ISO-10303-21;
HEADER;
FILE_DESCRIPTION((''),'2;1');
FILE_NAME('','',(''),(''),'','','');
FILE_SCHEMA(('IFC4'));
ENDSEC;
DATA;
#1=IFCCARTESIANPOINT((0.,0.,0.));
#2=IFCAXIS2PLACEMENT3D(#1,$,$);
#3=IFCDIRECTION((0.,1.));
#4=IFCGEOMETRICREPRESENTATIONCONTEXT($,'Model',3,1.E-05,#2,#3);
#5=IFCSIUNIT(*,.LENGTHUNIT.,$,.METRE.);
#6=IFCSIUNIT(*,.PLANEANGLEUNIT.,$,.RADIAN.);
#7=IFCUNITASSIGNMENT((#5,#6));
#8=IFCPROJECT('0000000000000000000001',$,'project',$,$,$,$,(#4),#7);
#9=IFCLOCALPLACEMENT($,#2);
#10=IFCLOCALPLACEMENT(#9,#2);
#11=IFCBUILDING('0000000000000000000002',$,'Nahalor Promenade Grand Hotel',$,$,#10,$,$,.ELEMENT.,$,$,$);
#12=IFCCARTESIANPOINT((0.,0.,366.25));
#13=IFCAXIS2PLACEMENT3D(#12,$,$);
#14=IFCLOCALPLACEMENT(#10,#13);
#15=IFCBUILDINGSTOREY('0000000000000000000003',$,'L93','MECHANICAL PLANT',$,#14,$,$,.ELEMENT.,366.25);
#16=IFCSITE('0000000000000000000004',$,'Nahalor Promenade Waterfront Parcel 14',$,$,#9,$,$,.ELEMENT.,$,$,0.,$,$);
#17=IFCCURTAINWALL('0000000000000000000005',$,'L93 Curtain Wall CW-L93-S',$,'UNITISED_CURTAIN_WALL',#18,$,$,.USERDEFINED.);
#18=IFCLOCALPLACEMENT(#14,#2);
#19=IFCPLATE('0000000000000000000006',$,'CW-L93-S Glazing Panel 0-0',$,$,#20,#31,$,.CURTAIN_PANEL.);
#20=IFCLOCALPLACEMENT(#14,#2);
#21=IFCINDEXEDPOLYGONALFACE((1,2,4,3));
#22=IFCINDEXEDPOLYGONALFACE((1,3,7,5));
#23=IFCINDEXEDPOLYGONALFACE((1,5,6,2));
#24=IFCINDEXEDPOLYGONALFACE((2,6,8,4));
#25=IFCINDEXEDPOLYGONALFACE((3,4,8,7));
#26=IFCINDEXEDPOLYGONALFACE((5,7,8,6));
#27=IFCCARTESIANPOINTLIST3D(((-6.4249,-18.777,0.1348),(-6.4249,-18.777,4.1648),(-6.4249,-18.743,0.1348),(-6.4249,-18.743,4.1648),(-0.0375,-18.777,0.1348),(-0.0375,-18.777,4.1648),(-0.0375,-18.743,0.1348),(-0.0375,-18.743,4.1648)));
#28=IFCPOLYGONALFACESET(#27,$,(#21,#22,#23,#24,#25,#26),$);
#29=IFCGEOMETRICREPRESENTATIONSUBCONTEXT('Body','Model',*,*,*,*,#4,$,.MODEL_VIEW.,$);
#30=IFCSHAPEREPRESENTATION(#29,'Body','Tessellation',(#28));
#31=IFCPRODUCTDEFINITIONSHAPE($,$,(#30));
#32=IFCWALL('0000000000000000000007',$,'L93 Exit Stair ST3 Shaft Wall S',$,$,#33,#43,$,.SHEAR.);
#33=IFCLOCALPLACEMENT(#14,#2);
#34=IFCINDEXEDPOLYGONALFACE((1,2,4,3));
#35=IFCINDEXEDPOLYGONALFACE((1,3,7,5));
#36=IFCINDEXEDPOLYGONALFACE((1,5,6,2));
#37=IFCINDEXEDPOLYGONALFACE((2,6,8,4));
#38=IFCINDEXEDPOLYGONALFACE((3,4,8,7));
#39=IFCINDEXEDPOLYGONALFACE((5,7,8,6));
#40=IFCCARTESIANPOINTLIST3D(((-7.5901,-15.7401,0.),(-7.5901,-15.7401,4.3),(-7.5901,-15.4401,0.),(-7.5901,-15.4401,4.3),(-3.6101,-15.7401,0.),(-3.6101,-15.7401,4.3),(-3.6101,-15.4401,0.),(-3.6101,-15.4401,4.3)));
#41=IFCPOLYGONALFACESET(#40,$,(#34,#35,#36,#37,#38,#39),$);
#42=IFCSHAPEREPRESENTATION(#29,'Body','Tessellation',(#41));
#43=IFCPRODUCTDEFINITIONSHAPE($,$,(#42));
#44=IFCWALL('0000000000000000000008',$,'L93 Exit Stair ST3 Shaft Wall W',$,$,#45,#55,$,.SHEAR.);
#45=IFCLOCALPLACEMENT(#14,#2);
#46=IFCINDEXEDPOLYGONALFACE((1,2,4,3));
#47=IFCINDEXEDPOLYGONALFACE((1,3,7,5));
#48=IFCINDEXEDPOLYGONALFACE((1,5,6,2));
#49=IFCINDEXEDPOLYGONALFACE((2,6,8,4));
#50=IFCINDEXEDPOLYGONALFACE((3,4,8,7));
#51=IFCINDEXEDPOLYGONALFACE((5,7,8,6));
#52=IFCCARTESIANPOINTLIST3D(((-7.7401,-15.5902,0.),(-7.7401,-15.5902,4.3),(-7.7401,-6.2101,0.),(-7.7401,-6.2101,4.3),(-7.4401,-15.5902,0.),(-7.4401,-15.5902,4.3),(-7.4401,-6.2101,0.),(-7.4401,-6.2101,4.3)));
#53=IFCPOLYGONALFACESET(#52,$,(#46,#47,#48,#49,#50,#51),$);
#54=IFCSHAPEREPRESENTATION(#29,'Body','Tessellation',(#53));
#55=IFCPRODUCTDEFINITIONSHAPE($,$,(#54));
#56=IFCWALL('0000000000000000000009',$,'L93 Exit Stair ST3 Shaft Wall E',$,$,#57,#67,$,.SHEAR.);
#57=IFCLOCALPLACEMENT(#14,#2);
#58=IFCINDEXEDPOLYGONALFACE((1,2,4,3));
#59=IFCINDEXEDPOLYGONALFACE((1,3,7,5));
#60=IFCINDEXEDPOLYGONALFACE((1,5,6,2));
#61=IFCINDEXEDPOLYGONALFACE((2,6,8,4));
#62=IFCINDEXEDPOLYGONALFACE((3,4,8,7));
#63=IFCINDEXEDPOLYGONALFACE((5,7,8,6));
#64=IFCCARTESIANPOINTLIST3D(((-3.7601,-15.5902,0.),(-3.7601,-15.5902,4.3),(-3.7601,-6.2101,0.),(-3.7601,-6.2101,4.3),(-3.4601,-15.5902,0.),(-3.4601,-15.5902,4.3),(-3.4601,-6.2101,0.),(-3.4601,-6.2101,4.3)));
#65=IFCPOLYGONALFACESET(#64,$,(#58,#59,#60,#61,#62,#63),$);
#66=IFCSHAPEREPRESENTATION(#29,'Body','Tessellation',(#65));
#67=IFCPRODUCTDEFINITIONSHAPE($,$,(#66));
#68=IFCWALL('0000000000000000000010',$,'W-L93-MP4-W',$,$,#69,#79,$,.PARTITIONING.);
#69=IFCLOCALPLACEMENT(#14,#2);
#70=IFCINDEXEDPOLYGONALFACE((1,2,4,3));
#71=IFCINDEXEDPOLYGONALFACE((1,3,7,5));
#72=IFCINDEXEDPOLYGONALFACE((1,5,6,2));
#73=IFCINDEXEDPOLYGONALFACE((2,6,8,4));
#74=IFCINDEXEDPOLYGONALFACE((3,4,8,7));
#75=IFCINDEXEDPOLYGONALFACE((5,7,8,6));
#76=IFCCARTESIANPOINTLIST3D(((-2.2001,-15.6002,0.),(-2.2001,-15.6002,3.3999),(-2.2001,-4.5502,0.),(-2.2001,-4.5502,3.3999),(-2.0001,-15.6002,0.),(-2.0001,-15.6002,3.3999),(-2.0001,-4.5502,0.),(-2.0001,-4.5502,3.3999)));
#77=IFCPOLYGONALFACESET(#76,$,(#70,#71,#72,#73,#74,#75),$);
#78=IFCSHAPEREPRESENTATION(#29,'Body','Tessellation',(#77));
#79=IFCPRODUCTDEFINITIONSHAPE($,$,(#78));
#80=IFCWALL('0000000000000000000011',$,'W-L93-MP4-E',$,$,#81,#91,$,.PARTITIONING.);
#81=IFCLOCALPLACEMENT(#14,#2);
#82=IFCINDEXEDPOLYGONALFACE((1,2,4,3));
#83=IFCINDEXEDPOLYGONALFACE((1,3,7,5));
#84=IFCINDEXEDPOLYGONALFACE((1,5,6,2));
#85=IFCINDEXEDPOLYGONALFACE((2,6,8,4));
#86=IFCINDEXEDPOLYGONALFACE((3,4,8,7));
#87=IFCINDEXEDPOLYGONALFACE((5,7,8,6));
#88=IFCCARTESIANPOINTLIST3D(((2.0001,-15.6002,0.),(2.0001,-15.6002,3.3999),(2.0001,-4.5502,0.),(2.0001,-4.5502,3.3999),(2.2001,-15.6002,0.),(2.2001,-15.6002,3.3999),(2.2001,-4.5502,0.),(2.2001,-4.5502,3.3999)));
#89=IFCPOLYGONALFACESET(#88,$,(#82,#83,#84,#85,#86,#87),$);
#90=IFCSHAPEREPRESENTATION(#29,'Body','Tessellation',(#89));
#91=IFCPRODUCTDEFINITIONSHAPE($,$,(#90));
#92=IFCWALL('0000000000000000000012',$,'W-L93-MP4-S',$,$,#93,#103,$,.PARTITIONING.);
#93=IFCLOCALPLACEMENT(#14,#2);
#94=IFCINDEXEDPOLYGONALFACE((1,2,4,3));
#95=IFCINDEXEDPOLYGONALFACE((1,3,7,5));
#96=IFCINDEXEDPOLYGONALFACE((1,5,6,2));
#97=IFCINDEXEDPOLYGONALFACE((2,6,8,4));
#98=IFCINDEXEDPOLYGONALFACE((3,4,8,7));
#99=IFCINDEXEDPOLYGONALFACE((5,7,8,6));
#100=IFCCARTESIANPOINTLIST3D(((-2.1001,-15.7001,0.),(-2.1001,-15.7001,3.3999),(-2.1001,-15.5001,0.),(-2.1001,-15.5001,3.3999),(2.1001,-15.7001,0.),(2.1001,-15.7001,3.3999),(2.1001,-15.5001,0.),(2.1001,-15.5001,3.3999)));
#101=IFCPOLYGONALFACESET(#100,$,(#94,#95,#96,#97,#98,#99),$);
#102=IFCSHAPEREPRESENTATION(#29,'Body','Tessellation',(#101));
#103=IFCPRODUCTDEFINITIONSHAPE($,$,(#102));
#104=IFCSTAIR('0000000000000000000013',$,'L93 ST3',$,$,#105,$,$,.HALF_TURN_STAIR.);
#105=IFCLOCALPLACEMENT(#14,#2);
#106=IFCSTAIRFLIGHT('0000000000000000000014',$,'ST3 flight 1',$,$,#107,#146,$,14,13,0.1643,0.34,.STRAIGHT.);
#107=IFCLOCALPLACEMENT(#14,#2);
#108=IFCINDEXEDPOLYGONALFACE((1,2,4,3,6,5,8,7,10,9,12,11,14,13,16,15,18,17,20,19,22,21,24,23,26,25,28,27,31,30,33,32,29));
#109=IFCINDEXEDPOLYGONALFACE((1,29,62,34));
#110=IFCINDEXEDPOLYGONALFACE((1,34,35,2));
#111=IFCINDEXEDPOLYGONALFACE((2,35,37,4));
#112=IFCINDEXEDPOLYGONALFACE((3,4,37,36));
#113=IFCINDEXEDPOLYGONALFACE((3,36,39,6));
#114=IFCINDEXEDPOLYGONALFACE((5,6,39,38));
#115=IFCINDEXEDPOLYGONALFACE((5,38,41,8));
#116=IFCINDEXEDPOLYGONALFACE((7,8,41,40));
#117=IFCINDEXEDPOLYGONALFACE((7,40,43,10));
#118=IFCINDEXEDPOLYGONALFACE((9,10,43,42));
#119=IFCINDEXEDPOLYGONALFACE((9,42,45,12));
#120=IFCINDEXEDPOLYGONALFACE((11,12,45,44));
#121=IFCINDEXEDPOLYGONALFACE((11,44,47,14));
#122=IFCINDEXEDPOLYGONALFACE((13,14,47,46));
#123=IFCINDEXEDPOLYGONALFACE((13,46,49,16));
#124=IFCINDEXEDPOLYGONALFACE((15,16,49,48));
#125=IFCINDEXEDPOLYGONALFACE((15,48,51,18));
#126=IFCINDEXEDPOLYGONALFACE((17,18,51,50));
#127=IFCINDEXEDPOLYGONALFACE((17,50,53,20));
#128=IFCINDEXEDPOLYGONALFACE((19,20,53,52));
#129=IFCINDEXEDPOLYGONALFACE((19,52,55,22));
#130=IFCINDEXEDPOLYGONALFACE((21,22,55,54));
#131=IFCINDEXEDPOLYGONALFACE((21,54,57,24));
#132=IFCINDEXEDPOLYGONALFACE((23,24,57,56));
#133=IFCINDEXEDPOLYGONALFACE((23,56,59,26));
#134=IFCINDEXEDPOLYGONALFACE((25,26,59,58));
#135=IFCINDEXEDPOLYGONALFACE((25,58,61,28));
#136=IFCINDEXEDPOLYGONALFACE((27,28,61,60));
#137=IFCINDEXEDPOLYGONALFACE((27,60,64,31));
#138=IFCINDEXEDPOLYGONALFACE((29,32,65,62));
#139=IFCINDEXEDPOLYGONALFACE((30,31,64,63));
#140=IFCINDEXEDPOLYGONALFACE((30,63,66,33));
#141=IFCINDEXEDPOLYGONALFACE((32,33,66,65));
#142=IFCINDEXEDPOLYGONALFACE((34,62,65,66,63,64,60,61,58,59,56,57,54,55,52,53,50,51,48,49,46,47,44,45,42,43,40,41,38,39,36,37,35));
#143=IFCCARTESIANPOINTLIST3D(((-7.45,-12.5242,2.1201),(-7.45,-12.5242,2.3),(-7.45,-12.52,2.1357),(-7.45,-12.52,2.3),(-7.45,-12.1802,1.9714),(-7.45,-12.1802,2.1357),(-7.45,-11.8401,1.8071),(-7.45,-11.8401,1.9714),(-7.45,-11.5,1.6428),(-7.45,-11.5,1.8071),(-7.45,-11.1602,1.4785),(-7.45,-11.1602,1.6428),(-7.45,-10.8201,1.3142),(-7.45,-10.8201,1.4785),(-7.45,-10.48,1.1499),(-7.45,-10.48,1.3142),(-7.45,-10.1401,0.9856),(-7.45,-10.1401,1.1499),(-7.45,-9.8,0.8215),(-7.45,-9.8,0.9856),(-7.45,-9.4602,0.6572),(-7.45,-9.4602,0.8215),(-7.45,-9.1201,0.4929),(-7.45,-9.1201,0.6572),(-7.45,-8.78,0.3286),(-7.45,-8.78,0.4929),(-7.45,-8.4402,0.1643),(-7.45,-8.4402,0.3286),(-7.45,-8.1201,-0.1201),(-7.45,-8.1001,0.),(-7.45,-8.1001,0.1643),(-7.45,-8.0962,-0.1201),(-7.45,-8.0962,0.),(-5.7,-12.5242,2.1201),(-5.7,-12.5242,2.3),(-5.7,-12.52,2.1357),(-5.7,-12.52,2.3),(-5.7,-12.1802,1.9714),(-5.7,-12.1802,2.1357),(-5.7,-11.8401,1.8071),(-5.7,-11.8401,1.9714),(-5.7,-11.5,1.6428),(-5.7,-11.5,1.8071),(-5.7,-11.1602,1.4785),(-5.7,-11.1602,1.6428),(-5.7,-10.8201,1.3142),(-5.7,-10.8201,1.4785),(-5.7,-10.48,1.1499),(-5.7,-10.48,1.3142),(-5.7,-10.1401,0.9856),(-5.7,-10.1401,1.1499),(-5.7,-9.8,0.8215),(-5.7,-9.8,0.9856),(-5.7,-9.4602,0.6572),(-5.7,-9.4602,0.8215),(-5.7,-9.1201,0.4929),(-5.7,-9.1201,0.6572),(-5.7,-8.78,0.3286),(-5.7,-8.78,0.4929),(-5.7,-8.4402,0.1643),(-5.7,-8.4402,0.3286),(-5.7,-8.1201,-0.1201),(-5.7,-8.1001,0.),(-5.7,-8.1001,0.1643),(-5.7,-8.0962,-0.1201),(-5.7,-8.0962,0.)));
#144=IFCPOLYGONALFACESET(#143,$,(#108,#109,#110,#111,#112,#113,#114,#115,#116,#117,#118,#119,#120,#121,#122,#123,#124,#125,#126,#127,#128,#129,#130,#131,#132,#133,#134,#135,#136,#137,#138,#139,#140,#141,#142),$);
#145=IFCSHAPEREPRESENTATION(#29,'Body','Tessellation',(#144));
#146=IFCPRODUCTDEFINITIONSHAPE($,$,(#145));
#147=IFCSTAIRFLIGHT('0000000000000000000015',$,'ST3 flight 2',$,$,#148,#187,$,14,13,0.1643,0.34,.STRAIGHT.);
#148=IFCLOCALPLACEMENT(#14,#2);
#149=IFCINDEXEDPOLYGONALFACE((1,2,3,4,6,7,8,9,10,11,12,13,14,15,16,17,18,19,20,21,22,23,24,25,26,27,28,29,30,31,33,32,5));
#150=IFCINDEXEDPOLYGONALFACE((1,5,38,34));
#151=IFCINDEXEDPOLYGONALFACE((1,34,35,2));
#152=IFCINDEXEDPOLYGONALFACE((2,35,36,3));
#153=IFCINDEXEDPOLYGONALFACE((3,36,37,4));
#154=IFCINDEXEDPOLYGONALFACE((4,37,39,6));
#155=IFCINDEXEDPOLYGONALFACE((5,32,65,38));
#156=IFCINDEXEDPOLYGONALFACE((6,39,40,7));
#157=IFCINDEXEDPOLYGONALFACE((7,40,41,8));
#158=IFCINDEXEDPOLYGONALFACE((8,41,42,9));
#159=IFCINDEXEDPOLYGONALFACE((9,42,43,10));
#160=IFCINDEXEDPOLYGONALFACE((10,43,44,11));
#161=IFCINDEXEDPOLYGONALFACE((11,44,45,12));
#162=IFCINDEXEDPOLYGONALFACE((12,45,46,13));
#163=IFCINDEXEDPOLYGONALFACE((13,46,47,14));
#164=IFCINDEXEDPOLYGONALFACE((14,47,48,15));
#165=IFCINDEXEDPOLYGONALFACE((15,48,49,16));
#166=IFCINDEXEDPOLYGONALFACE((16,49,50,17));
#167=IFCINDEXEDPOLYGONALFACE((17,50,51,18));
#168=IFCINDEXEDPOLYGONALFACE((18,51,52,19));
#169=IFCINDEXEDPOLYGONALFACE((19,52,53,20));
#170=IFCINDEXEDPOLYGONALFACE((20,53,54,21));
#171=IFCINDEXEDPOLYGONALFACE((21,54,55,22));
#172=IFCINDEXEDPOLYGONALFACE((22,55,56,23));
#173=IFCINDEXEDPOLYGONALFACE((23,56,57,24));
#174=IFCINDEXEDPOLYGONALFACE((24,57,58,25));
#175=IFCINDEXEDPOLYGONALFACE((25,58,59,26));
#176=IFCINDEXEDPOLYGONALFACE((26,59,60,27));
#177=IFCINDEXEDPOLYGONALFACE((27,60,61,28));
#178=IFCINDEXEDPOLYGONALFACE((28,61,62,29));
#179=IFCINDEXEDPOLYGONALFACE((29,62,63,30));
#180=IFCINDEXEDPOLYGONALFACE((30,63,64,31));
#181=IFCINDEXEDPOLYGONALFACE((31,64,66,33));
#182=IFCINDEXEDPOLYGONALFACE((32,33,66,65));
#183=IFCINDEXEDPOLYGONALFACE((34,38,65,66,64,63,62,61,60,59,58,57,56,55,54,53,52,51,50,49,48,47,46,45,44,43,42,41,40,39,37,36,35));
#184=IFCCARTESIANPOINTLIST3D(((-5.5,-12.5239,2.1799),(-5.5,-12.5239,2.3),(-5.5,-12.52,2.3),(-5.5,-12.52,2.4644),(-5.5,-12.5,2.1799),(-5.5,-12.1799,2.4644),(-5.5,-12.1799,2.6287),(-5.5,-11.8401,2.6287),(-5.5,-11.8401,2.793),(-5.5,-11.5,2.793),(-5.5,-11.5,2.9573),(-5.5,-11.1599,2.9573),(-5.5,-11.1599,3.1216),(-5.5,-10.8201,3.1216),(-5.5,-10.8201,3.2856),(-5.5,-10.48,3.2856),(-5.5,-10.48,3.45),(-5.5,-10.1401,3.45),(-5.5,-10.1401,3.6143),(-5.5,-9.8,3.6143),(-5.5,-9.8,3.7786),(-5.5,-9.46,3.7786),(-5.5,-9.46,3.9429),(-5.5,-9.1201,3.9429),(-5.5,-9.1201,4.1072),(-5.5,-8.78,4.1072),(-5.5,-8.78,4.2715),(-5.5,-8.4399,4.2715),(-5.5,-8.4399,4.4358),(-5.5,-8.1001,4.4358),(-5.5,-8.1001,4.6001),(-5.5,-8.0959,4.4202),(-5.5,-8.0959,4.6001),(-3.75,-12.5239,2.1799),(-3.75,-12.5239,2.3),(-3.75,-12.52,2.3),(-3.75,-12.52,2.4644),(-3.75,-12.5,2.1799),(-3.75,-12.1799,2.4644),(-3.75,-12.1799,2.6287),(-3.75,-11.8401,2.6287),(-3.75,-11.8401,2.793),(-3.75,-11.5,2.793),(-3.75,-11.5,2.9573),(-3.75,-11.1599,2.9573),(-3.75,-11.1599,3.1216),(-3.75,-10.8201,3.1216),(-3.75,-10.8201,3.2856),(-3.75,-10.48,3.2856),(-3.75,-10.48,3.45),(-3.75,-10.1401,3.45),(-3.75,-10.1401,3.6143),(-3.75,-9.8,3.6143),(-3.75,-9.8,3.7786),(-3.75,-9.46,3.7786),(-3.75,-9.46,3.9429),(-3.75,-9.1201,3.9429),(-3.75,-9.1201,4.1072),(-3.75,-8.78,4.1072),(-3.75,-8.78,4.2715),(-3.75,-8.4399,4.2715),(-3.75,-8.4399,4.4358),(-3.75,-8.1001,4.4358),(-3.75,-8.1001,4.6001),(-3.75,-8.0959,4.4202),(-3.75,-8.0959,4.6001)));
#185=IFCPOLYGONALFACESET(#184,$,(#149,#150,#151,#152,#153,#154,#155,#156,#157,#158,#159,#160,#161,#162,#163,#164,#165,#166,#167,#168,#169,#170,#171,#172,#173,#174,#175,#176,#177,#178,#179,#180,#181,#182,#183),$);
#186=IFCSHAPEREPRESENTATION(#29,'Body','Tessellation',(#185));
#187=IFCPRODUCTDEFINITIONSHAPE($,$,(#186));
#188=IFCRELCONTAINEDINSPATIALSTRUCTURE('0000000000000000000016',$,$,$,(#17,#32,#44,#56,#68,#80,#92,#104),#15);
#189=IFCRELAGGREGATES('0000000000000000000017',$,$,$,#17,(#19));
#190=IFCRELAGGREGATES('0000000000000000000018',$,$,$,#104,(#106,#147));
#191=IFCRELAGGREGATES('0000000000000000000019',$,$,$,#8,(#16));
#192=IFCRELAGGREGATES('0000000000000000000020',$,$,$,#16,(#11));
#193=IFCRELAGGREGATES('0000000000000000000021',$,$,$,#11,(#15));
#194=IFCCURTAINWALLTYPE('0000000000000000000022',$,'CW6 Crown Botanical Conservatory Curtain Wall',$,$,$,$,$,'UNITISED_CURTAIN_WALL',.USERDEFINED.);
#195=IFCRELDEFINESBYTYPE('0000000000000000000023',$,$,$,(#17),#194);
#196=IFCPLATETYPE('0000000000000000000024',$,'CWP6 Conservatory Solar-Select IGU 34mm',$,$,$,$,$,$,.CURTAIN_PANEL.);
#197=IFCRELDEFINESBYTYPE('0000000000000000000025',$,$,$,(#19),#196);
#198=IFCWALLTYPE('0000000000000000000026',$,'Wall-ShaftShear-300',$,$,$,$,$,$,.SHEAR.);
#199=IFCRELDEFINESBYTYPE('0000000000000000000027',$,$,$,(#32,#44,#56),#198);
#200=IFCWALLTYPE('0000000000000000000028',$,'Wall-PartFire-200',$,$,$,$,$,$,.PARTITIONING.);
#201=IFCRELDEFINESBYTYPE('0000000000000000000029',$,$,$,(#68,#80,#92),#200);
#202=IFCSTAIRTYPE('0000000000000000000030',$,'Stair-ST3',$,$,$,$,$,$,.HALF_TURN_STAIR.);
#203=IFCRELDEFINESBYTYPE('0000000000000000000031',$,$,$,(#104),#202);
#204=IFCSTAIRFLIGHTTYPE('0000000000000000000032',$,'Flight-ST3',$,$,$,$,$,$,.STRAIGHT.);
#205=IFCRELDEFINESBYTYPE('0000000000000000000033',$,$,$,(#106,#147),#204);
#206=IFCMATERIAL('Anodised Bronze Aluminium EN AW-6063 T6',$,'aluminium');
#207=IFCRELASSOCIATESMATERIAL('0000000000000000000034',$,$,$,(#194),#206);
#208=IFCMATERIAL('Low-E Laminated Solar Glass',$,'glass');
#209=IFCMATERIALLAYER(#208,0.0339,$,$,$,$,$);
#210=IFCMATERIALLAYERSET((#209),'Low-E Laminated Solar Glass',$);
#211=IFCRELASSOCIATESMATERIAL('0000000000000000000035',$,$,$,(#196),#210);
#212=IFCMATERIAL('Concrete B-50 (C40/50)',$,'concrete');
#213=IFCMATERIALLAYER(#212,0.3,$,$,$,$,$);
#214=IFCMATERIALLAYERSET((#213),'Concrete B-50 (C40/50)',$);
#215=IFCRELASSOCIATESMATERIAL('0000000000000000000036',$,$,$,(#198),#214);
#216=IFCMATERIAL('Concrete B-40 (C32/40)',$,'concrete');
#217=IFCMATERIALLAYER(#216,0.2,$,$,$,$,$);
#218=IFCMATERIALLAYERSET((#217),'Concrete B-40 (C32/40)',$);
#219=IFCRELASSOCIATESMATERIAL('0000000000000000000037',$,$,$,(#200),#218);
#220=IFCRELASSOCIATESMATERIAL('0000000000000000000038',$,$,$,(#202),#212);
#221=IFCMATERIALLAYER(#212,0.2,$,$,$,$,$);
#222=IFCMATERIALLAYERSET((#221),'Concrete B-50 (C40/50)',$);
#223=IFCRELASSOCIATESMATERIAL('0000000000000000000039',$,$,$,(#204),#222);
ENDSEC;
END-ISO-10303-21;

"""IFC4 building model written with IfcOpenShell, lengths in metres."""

from ifc_helpers import new_model, si_unit, direction, frame, frame_2d, origin, origin_2d, place, context, subcontext, project, spatial, polyline, rectangle, outline, extrude, source, transform, mapped, material, layer, layer_set, type_object, element, aggregate, save


model = new_model("IFC4")

# Units and contexts
model_context = context("Model", 3, precision=1e-05, world=origin(), true_north=direction((0.0, 1.0)))
body_context = subcontext(model_context, "Body", "Model", "MODEL_VIEW")
ifc_project = project(units=[si_unit("LENGTHUNIT", "METRE"), si_unit("PLANEANGLEUNIT", "RADIAN")], contexts=[model_context])

# Site, building, storey
site_placement = place(None, origin())
site = spatial("IfcSite", under=ifc_project, at=site_placement, Name="Nahalor Promenade Waterfront Parcel 14", CompositionType="ELEMENT", RefElevation=0.0)
building_placement = place(site_placement, origin())
building = spatial("IfcBuilding", under=site, at=building_placement, Name="Nahalor Promenade Grand Hotel", CompositionType="ELEMENT")
storey_placement = place(building_placement, frame((0.0, 0.0, 366.25)))
storey = spatial("IfcBuildingStorey", under=building, at=storey_placement, Name="L93", Description="MECHANICAL PLANT", CompositionType="ELEMENT", Elevation=366.25)

# Shared definitions
ifc_material_1 = material(Name="Concrete B-50 (C40/50)", Category="concrete")

# Curtain wall, plate
ifc_material_2 = material(Name="Anodised Bronze Aluminium EN AW-6063 T6", Category="aluminium")
curtain_wall_type = type_object("IfcCurtainWallType", Name="CW6 Crown Botanical Conservatory Curtain Wall", ElementType="UNITISED_CURTAIN_WALL", PredefinedType="USERDEFINED", material=ifc_material_2)
curtain_wall_placement = place(storey_placement, origin())
curtain_wall = element("IfcCurtainWall", 1, at=curtain_wall_placement, inside=storey, type_object=curtain_wall_type, Name="L93 Curtain Wall CW-L93-S", ObjectType="UNITISED_CURTAIN_WALL", PredefinedType="USERDEFINED")
ifc_material_3 = material(Name="Low-E Laminated Solar Glass", Category="glass")
ifc_layer_1 = layer(ifc_material_3, 0.0339)
ifc_layer_set_1 = layer_set([ifc_layer_1], Name="Low-E Laminated Solar Glass")
plate_type = type_object("IfcPlateType", Name="CWP6 Conservatory Solar-Select IGU 34mm", PredefinedType="CURTAIN_PANEL", material=ifc_layer_set_1)
shared_shape_1 = source(origin(), body_context, "Body", "SweptSolid", [
    extrude(rectangle(XDim=6.3875, YDim=0.0339, at=origin_2d()), origin(), (0.0, 0.0, 1.0), 4.03),
])
plate_placement = place(storey_placement, frame((-3.2312, -18.76, 0.1348), z_axis=(0.0, 0.0, 1.0), x_axis=(1.0, 0.0, 0.0)))
plate = element("IfcPlate", 2, at=plate_placement, type_object=plate_type, Name="CW-L93-S Glazing Panel 0-0", PredefinedType="CURTAIN_PANEL", context=body_context, shape_type="MappedRepresentation", body=[
    mapped(shared_shape_1, transform((0.0, 0.0, 0.0), scale=1.0)),
])
aggregate(curtain_wall, [plate])

# Wall
ifc_layer_2 = layer(ifc_material_1, 0.3)
ifc_layer_set_2 = layer_set([ifc_layer_2], Name="Concrete B-50 (C40/50)")
wall_type_1 = type_object("IfcWallType", Name="Wall-ShaftShear-300", PredefinedType="SHEAR", material=ifc_layer_set_2)
shared_shape_2 = source(origin(), body_context, "Body", "SweptSolid", [
    extrude(rectangle(XDim=3.98, YDim=0.3, at=frame_2d((1.99, 0.0))), origin(), (0.0, 0.0, 1.0), 4.3),
])
wall_1_placement = place(storey_placement, frame((-7.5901, -15.5901, 0.0), z_axis=(0.0, 0.0, 1.0), x_axis=(1.0, 0.0, 0.0)))
element("IfcWall", 3, at=wall_1_placement, inside=storey, type_object=wall_type_1, Name="L93 Exit Stair ST3 Shaft Wall S", PredefinedType="SHEAR", context=body_context, shape_type="MappedRepresentation", body=[
    mapped(shared_shape_2, transform((0.0, 0.0, 0.0), scale=1.0)),
])

# Walls
shared_shape_3 = source(origin(), body_context, "Body", "SweptSolid", [
    extrude(rectangle(XDim=9.3801, YDim=0.3, at=frame_2d((4.6899, 0.0))), origin(), (0.0, 0.0, 1.0), 4.3),
])
for number, where, z_axis, x_axis, name in (
    (4, (-7.5901, -15.5901, 0.0), (0.0, 0.0, 1.0), (0.0, 1.0, 0.0), "L93 Exit Stair ST3 Shaft Wall W"),
    (5, (-3.6101, -15.5901, 0.0), (0.0, 0.0, 1.0), (0.0, 1.0, 0.0), "L93 Exit Stair ST3 Shaft Wall E"),
):
    element("IfcWall", number, at=place(storey_placement, frame(where, z_axis=z_axis, x_axis=x_axis)), inside=storey, type_object=wall_type_1, Name=name, PredefinedType="SHEAR", context=body_context, shape_type="MappedRepresentation", body=[
        mapped(shared_shape_3, transform((0.0, 0.0, 0.0), scale=1.0)),
    ])
ifc_material_4 = material(Name="Concrete B-40 (C32/40)", Category="concrete")
ifc_layer_3 = layer(ifc_material_4, 0.2)
ifc_layer_set_3 = layer_set([ifc_layer_3], Name="Concrete B-40 (C32/40)")
wall_type_2 = type_object("IfcWallType", Name="Wall-PartFire-200", PredefinedType="PARTITIONING", material=ifc_layer_set_3)
shared_shape_4 = source(origin(), body_context, "Body", "SweptSolid", [
    extrude(rectangle(XDim=11.05, YDim=0.2, at=frame_2d((5.5249, 0.0))), origin(), (0.0, 0.0, 1.0), 3.3999),
])
for number, where, z_axis, x_axis, name in (
    (6, (-2.1001, -15.6001, 0.0), (0.0, 0.0, 1.0), (0.0, 1.0, 0.0), "W-L93-MP4-W"),
    (7, (2.1001, -15.6001, 0.0), (0.0, 0.0, 1.0), (0.0, 1.0, 0.0), "W-L93-MP4-E"),
):
    element("IfcWall", number, at=place(storey_placement, frame(where, z_axis=z_axis, x_axis=x_axis)), inside=storey, type_object=wall_type_2, Name=name, PredefinedType="PARTITIONING", context=body_context, shape_type="MappedRepresentation", body=[
        mapped(shared_shape_4, transform((0.0, 0.0, 0.0), scale=1.0)),
    ])
shared_shape_5 = source(origin(), body_context, "Body", "SweptSolid", [
    extrude(rectangle(XDim=4.2002, YDim=0.2, at=frame_2d((2.1001, 0.0))), origin(), (0.0, 0.0, 1.0), 3.3999),
])
wall_2_placement = place(storey_placement, frame((-2.1001, -15.6001, 0.0), z_axis=(0.0, 0.0, 1.0), x_axis=(1.0, 0.0, 0.0)))
element("IfcWall", 8, at=wall_2_placement, inside=storey, type_object=wall_type_2, Name="W-L93-MP4-S", PredefinedType="PARTITIONING", context=body_context, shape_type="MappedRepresentation", body=[
    mapped(shared_shape_5, transform((0.0, 0.0, 0.0), scale=1.0)),
])

# Stair, stair flights
stair_type = type_object("IfcStairType", Name="Stair-ST3", PredefinedType="HALF_TURN_STAIR", material=ifc_material_1)
stair_placement = place(storey_placement, origin())
stair = element("IfcStair", 9, at=stair_placement, inside=storey, type_object=stair_type, Name="L93 ST3", PredefinedType="HALF_TURN_STAIR")
ifc_layer_4 = layer(ifc_material_1, 0.2)
ifc_layer_set_4 = layer_set([ifc_layer_4], Name="Concrete B-50 (C40/50)")
stair_flight_type = type_object("IfcStairFlightType", Name="Flight-ST3", PredefinedType="STRAIGHT", material=ifc_layer_set_4)
shared_shape_6 = source(origin(), body_context, "Body", "SweptSolid", [
    extrude(outline(polyline([(-0.0039, -0.1201), (-0.0039, 0.0), (0.0, 0.0), (0.0, 0.1643), (0.3401, 0.1643), (0.3401, 0.3286), (0.6799, 0.3286), (0.6799, 0.4929), (1.02, 0.4929), (1.02, 0.6572), (1.3601, 0.6572), (1.3601, 0.8215), (1.7, 0.8215), (1.7, 0.9856), (2.04, 0.9856), (2.04, 1.1499), (2.3799, 1.1499), (2.3799, 1.3142), (2.72, 1.3142), (2.72, 1.4785), (3.0601, 1.4785), (3.0601, 1.6428), (3.3999, 1.6428), (3.3999, 1.8071), (3.74, 1.8071), (3.74, 1.9714), (4.0801, 1.9714), (4.0801, 2.1357), (4.4199, 2.1357), (4.4199, 2.3), (4.4241, 2.3), (4.4241, 2.1201), (0.02, -0.1201), (-0.0039, -0.1201)])), frame((0.0, 0.875, 0.0), z_axis=(0.0, -1.0, 0.0), x_axis=(1.0, 0.0, 0.0)), (0.0, 0.0, 1.0), 1.75),
])
stair_flight_1_placement = place(storey_placement, frame((-6.575, -8.1001, 0.0), z_axis=(0.0, 0.0, 1.0), x_axis=(0.0, -1.0, 0.0)))
stair_flight_1 = element("IfcStairFlight", 10, at=stair_flight_1_placement, type_object=stair_flight_type, Name="ST3 flight 1", NumberOfRisers=14, NumberOfTreads=13, PredefinedType="STRAIGHT", RiserHeight=0.1643, TreadLength=0.34, context=body_context, shape_type="MappedRepresentation", body=[
    mapped(shared_shape_6, transform((0.0, 0.0, 0.0), scale=1.0)),
])
stair_flight_2_placement = place(storey_placement, frame((-4.625, -12.52, 2.3), z_axis=(0.0, 0.0, 1.0), x_axis=(0.0, 1.0, 0.0)))
stair_flight_2 = element("IfcStairFlight", 11, at=stair_flight_2_placement, type_object=stair_flight_type, Name="ST3 flight 2", NumberOfRisers=14, NumberOfTreads=13, PredefinedType="STRAIGHT", RiserHeight=0.1643, TreadLength=0.34, context=body_context, shape_type="MappedRepresentation", body=[
    mapped(shared_shape_6, transform((0.0, 0.0, 0.0), scale=1.0)),
])
aggregate(stair, [stair_flight_1, stair_flight_2])

save(model, "model.ifc")
